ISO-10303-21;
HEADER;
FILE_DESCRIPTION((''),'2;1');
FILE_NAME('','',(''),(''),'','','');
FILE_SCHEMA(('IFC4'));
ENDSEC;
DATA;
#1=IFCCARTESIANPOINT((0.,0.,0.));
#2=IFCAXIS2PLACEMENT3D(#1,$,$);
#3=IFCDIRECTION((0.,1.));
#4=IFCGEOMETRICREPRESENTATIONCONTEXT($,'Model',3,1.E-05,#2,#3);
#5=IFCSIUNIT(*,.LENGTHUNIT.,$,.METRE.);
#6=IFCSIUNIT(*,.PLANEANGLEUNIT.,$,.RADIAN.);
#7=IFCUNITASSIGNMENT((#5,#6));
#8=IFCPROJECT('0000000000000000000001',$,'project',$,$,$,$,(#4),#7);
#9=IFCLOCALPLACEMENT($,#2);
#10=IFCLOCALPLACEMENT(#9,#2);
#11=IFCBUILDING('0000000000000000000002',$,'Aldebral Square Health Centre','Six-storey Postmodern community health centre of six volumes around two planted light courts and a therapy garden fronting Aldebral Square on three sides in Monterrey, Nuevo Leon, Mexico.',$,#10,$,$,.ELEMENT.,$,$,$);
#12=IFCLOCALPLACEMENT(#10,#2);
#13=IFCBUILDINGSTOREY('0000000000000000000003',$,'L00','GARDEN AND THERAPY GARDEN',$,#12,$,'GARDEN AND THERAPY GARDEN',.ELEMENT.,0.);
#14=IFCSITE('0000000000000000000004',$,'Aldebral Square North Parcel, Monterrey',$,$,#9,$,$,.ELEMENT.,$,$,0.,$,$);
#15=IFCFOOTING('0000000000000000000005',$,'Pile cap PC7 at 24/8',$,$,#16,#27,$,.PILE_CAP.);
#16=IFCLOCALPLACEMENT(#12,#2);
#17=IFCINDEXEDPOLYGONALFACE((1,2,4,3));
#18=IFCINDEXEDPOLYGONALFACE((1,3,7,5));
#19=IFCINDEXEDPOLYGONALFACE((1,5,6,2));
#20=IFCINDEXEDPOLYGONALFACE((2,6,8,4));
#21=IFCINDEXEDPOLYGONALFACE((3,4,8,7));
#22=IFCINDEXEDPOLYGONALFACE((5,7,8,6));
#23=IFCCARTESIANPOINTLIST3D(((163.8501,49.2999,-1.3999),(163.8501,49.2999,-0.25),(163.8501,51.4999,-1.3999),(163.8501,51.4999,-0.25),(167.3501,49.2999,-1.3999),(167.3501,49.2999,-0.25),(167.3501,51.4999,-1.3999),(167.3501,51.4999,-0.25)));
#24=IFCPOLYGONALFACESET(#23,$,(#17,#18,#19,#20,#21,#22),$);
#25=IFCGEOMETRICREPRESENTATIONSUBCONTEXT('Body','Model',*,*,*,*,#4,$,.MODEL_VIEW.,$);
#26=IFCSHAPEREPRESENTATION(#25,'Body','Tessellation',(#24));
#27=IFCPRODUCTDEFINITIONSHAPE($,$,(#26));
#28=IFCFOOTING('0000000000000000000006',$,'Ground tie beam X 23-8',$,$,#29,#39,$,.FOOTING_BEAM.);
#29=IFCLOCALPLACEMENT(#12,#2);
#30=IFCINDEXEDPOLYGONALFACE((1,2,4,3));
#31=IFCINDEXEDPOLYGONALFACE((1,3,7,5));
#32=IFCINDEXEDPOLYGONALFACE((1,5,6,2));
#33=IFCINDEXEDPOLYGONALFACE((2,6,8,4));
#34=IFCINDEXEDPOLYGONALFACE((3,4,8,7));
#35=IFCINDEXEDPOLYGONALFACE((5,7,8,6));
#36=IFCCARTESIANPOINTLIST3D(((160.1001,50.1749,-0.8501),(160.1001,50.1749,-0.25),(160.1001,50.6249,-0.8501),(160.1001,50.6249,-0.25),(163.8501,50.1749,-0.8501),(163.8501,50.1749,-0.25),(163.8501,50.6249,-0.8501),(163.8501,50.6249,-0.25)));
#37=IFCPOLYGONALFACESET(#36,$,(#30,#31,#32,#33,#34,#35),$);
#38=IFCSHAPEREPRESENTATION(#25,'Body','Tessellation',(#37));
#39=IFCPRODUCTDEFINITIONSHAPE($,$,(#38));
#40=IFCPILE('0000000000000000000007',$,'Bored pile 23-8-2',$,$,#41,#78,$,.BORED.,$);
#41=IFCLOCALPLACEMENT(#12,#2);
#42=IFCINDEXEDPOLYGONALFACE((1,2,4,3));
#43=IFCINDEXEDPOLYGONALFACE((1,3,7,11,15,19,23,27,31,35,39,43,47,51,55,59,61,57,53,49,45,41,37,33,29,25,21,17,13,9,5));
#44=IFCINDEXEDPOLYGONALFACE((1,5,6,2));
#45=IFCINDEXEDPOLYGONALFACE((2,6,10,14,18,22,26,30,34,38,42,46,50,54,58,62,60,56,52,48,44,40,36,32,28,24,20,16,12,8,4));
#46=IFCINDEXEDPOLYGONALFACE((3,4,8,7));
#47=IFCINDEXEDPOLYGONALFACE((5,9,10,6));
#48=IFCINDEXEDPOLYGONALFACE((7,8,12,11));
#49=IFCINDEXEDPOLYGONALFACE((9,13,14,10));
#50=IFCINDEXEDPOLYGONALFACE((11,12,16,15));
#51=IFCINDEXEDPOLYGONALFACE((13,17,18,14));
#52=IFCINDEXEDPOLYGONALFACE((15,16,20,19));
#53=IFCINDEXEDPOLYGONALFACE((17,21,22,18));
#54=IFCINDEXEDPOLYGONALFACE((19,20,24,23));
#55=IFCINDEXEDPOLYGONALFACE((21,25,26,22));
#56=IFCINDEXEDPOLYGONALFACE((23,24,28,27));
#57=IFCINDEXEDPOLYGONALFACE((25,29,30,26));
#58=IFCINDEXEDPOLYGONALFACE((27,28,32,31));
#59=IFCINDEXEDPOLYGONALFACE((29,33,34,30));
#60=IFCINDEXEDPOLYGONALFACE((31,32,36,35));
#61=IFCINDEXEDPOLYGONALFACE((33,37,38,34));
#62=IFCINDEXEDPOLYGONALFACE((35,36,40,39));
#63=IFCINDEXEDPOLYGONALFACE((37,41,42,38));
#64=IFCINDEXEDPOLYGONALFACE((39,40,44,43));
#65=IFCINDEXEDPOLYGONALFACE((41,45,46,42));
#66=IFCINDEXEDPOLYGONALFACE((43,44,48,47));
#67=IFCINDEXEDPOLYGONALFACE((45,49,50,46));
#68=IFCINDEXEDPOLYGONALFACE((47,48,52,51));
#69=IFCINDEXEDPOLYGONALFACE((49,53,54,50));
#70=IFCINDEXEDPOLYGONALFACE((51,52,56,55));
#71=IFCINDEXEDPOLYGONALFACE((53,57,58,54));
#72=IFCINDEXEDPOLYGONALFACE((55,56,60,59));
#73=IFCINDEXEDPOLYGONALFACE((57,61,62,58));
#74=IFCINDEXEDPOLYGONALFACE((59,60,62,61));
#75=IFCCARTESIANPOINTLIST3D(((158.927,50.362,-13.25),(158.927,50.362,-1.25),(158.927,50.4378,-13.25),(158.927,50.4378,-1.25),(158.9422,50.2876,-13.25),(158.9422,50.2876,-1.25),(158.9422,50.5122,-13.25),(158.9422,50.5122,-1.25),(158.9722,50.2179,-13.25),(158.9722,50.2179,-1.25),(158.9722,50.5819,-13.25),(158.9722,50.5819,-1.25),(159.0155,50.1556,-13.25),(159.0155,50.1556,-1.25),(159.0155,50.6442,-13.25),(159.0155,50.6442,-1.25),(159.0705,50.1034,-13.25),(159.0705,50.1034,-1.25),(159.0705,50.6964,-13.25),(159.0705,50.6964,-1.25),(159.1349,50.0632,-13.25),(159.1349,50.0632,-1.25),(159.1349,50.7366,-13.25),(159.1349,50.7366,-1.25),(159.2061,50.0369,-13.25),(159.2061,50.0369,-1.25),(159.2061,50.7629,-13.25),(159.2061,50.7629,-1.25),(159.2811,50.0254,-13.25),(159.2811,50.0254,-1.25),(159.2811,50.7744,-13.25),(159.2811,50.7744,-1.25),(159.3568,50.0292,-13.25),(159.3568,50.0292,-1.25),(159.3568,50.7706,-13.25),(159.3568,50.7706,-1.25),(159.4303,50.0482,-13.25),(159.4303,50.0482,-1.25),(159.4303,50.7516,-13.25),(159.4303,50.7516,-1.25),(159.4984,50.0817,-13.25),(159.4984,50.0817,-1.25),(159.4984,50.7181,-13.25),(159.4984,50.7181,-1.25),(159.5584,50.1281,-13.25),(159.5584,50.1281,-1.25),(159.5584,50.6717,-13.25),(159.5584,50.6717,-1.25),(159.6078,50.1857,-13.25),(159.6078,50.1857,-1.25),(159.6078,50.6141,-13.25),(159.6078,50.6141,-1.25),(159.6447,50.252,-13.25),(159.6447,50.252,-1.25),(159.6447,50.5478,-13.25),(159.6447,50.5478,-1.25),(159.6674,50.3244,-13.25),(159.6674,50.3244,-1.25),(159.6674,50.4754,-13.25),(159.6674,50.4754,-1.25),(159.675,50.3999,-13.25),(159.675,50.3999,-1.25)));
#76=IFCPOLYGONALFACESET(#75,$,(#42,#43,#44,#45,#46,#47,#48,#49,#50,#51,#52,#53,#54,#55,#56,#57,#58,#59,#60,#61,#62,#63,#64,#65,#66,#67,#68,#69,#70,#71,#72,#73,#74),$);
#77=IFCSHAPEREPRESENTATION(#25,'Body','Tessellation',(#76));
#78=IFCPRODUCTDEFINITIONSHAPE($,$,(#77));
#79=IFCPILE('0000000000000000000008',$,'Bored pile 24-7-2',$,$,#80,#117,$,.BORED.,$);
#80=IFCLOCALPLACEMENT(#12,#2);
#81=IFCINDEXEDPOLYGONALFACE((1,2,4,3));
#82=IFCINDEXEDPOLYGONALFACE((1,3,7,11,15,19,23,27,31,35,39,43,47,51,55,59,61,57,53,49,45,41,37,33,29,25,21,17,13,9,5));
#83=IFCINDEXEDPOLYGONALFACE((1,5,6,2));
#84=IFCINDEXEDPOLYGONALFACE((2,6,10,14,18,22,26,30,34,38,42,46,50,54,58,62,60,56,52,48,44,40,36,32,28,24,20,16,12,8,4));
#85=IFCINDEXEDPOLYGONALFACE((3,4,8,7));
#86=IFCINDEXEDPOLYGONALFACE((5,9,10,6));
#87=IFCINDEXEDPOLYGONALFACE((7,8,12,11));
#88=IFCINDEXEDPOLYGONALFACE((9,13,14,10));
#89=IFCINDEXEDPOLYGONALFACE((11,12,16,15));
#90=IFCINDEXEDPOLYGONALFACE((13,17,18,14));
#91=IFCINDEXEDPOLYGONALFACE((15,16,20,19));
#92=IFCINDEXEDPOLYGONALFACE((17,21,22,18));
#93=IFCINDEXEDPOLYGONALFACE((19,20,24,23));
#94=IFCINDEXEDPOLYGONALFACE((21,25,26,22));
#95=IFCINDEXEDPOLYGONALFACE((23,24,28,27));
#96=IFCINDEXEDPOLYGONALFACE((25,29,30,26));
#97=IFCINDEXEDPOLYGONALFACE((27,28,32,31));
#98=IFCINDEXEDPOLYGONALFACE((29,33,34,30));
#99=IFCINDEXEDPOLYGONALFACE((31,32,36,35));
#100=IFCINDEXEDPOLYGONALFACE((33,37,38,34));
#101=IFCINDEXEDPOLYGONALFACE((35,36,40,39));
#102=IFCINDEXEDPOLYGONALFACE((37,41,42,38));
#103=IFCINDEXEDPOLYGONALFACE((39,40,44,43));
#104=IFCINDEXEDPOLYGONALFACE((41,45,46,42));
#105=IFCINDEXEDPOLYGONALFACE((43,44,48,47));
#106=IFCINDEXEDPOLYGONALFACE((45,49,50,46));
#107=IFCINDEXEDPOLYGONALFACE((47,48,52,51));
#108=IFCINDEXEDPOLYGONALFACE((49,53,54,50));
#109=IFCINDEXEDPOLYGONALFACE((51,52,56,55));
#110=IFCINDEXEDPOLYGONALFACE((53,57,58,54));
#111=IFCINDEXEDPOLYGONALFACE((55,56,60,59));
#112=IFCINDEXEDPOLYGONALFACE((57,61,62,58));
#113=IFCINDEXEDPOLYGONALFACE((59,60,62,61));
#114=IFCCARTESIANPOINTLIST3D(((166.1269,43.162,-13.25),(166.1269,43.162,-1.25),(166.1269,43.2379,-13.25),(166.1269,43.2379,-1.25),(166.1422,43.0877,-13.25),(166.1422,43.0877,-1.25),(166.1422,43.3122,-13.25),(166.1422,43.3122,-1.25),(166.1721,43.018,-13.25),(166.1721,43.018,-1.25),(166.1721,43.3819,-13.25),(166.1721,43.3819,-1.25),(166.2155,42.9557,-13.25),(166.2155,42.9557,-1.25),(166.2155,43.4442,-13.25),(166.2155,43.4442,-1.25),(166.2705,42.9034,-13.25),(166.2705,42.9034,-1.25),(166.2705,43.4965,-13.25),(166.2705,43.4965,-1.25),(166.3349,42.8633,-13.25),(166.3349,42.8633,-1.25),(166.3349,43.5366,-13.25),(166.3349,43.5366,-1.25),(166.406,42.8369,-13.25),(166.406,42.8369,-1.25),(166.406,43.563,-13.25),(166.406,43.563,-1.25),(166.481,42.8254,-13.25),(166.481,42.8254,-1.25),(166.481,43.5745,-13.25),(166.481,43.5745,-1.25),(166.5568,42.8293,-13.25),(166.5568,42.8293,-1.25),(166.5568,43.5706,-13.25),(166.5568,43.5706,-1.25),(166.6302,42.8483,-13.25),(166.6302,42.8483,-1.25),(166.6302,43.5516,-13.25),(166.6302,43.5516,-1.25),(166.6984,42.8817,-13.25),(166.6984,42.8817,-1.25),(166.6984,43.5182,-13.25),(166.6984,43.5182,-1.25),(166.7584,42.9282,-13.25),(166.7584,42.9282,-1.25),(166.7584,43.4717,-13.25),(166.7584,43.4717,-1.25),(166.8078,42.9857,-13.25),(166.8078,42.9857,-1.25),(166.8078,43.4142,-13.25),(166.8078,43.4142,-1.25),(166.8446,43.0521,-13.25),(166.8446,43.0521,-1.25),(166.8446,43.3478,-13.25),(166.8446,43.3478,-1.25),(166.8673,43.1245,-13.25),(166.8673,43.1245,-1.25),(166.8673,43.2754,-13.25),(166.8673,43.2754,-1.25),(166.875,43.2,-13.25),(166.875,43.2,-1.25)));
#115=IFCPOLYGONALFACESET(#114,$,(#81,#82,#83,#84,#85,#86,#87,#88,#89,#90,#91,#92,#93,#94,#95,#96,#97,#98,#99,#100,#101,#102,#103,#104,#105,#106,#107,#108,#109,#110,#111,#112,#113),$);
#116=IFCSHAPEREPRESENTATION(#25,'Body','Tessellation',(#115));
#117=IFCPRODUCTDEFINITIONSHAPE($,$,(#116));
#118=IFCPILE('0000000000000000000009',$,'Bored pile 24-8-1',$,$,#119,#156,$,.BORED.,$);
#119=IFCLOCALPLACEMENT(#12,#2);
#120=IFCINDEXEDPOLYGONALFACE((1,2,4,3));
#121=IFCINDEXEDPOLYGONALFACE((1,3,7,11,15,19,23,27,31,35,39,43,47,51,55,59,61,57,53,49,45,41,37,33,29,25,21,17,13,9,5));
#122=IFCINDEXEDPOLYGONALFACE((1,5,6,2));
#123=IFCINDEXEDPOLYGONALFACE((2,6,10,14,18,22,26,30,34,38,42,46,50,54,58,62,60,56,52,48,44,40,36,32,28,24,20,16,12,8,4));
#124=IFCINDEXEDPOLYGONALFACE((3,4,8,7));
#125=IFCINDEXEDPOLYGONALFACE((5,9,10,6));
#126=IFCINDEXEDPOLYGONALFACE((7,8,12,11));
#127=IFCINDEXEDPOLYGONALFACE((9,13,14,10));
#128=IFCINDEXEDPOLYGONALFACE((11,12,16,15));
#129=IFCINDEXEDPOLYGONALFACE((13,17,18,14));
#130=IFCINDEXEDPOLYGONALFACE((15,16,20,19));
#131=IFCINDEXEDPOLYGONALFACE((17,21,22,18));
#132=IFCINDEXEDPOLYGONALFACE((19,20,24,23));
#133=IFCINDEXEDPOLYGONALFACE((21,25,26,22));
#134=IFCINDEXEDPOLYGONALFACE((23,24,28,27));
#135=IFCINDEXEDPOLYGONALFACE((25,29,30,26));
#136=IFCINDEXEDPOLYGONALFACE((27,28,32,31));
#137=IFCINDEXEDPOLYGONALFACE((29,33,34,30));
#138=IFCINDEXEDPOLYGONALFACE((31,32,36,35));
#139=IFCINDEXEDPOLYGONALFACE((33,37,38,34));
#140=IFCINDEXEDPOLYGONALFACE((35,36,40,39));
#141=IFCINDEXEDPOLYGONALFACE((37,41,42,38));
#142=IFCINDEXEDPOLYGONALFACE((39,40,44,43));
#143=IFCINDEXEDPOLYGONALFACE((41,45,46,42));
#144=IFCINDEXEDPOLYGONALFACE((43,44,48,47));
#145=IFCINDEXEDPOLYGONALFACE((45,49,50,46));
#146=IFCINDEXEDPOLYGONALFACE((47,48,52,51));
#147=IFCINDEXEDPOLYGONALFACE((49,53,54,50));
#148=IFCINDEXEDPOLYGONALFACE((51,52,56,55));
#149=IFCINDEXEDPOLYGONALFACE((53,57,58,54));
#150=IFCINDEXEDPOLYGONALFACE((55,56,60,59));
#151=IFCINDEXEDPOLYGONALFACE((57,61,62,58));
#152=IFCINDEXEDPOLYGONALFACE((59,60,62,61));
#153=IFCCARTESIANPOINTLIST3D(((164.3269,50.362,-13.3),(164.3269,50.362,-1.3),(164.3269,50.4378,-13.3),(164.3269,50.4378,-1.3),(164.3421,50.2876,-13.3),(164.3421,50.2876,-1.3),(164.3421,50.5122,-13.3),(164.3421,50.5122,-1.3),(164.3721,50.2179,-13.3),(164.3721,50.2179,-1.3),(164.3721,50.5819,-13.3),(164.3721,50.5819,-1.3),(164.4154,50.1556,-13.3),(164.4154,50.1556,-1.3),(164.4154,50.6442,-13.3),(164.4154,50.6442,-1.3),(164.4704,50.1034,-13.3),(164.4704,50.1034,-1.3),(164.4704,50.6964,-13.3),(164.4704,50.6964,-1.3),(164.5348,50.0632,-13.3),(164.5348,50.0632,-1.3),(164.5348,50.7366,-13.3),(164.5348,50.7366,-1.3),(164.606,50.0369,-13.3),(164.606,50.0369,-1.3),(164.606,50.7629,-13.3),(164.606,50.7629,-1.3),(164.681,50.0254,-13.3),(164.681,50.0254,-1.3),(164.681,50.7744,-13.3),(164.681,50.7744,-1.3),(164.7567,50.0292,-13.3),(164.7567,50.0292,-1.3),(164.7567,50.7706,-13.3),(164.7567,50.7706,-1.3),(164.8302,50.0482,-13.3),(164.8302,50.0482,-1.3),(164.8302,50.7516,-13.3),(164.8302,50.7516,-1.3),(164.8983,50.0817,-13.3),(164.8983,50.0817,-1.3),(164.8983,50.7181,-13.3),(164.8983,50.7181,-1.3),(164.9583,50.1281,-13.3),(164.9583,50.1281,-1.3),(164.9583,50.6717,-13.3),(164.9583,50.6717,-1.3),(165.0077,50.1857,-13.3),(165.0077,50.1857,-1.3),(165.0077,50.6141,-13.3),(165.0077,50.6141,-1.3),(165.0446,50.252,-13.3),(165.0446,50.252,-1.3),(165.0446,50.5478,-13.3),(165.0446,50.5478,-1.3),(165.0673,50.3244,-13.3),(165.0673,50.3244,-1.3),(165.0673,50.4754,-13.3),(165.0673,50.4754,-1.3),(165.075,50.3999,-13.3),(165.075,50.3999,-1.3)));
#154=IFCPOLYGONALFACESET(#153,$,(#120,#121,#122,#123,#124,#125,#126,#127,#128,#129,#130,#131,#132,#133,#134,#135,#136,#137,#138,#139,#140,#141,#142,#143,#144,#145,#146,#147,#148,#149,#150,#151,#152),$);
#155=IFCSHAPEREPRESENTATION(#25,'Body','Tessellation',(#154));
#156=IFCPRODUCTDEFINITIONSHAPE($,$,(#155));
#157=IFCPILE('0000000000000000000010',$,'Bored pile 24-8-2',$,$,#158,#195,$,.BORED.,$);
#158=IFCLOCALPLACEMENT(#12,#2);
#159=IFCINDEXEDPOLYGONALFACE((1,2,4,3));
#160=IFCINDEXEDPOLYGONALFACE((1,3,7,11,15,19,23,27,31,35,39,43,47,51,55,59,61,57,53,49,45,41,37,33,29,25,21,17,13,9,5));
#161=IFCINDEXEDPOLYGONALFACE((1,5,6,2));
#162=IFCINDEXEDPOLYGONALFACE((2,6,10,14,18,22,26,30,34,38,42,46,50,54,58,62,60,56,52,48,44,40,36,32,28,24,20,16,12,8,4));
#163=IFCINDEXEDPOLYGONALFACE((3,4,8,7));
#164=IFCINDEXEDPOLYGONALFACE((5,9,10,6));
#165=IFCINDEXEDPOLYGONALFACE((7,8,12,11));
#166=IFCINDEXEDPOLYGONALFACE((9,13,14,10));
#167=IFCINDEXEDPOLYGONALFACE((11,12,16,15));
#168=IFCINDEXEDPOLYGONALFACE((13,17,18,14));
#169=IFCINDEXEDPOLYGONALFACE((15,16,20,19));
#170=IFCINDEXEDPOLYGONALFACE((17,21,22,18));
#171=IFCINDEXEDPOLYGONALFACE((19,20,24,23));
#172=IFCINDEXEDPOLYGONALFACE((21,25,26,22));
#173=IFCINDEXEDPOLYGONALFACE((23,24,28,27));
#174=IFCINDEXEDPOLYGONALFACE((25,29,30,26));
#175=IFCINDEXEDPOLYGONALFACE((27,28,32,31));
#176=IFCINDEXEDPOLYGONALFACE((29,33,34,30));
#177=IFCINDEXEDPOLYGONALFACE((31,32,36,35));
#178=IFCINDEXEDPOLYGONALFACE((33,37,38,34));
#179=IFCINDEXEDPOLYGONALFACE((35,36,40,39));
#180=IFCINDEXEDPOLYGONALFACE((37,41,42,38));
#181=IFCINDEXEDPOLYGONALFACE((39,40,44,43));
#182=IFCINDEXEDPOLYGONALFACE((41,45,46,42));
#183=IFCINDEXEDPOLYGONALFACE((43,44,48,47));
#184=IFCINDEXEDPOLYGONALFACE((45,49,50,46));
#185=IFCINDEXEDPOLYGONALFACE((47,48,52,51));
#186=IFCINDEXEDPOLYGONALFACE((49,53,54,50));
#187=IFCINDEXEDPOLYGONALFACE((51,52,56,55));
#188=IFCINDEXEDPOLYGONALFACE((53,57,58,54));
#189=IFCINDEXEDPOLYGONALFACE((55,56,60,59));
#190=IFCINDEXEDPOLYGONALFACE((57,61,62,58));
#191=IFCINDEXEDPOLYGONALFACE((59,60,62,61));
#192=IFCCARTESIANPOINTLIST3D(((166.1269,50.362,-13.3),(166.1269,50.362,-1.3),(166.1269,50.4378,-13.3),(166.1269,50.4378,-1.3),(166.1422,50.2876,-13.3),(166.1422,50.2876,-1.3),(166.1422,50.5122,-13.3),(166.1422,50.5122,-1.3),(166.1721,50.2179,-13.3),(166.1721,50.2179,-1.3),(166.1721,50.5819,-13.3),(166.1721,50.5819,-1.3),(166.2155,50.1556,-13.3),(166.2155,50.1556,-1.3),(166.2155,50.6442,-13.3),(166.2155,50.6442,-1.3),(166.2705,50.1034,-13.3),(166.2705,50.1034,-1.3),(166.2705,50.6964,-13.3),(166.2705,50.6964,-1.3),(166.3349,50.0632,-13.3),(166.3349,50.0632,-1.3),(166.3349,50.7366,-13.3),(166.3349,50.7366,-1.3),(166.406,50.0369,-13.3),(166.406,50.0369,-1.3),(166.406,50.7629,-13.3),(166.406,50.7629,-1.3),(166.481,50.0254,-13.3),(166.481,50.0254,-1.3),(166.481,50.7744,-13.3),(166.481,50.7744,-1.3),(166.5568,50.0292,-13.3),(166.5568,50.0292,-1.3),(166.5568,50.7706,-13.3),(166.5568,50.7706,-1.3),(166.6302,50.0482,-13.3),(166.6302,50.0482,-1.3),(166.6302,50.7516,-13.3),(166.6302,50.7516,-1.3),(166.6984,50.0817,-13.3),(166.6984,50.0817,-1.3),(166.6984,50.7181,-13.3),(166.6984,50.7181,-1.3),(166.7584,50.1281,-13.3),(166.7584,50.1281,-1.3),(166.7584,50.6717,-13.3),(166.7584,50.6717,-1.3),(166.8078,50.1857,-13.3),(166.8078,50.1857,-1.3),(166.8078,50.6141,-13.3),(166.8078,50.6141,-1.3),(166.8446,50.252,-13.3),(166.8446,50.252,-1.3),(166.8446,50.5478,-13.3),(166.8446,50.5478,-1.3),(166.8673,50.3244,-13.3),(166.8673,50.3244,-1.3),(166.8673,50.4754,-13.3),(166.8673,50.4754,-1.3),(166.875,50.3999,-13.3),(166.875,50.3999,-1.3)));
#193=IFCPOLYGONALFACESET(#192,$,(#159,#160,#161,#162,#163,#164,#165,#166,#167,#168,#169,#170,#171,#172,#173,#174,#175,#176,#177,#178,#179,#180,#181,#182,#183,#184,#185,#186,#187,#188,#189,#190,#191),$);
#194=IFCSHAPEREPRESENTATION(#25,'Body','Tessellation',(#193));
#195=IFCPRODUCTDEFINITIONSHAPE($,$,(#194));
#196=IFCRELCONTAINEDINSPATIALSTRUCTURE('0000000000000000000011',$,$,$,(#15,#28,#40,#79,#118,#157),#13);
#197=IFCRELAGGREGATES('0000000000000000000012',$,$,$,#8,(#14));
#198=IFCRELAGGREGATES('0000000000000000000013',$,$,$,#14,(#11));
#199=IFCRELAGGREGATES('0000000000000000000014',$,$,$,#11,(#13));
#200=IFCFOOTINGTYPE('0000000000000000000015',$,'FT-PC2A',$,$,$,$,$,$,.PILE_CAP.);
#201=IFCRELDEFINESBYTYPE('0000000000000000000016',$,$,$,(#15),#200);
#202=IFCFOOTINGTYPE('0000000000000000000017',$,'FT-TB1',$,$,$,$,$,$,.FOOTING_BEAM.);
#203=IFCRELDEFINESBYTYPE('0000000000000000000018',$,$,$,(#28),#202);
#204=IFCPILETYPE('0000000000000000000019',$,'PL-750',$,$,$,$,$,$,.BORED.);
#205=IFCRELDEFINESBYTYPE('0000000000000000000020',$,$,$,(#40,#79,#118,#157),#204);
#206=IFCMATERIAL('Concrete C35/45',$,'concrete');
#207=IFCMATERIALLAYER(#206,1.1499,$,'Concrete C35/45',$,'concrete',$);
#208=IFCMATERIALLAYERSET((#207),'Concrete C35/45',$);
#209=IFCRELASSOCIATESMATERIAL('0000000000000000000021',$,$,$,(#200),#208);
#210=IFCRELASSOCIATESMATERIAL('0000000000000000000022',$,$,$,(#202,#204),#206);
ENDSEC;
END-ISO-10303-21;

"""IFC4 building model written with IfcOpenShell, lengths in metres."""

from ifc_helpers import new_model, si_unit, direction, frame, origin, origin_2d, place, context, subcontext, project, spatial, rectangle, circle, extrude, material, layer, layer_set, material_profile, profile_set, type_object, element, save


model = new_model("IFC4")

# Units and contexts
model_context = context("Model", 3, precision=1e-05, world=origin(), true_north=direction((0.0, 1.0)))
body_context = subcontext(model_context, "Body", "Model", "MODEL_VIEW")
ifc_project = project(units=[si_unit("LENGTHUNIT", "METRE"), si_unit("PLANEANGLEUNIT", "RADIAN")], contexts=[model_context])

# Site, building, storey
site_placement = place(None, origin())
site = spatial("IfcSite", under=ifc_project, at=site_placement, Name="Aldebral Square North Parcel, Monterrey", CompositionType="ELEMENT", RefElevation=0.0)
building_placement = place(site_placement, origin())
building = spatial("IfcBuilding", under=site, at=building_placement, Name="Aldebral Square Health Centre", Description="Six-storey Postmodern community health centre of six volumes around two planted light courts and a therapy garden fronting Aldebral Square on three sides in Monterrey, Nuevo Leon, Mexico.", CompositionType="ELEMENT")
storey_placement = place(building_placement, origin())
storey = spatial("IfcBuildingStorey", under=building, at=storey_placement, Name="L00", Description="GARDEN AND THERAPY GARDEN", LongName="GARDEN AND THERAPY GARDEN", CompositionType="ELEMENT", Elevation=0.0)

# Footings
ifc_material_1 = material(Name="Concrete C35/45", Category="concrete")
ifc_layer_1 = layer(ifc_material_1, 1.1499, Name="Concrete C35/45", Category="concrete")
ifc_layer_set_1 = layer_set([ifc_layer_1], Name="Concrete C35/45")
footing_type_1 = type_object("IfcFootingType", Name="FT-PC2A", PredefinedType="PILE_CAP", material=ifc_layer_set_1)
footing_1_placement = place(storey_placement, frame((165.6001, 50.3999, -1.3999), z_axis=(0.0, 0.0, 1.0), x_axis=(1.0, 0.0, 0.0)))
element("IfcFooting", 1, at=footing_1_placement, inside=storey, type_object=footing_type_1, Name="Pile cap PC7 at 24/8", PredefinedType="PILE_CAP", context=body_context, shape_type="SweptSolid", body=[
    extrude(rectangle(XDim=3.5, YDim=2.2, at=origin_2d()), origin(), (0.0, 0.0, 1.0), 1.1499),
])
ifc_material_profile_1 = material_profile(ifc_material_1, rectangle(XDim=0.45, YDim=0.6001, at=origin_2d()), Name="RC 450x600")
ifc_profile_set_1 = profile_set([ifc_material_profile_1], Name="Concrete C35/45")
footing_type_2 = type_object("IfcFootingType", Name="FT-TB1", PredefinedType="FOOTING_BEAM", material=ifc_profile_set_1)
footing_2_placement = place(storey_placement, frame((160.1001, 50.3999, -0.55), z_axis=(1.0, 0.0, 0.0), x_axis=(0.0, 1.0, 0.0)))
element("IfcFooting", 2, at=footing_2_placement, inside=storey, type_object=footing_type_2, Name="Ground tie beam X 23-8", PredefinedType="FOOTING_BEAM", context=body_context, shape_type="SweptSolid", body=[
    extrude(rectangle(XDim=0.45, YDim=0.6001, at=origin_2d()), origin(), (0.0, 0.0, 1.0), 3.75),
])

# Piles
ifc_material_profile_2 = material_profile(ifc_material_1, circle(Radius=0.375, at=origin_2d()), Name="PILE D750")
ifc_profile_set_2 = profile_set([ifc_material_profile_2], Name="Concrete C35/45")
pile_type = type_object("IfcPileType", Name="PL-750", PredefinedType="BORED", material=ifc_profile_set_2)
for number, where, z_axis, x_axis, name in (
    (3, (159.3, 50.3999, -1.25), (0.0, 0.0, -1.0), (1.0, 0.0, 0.0), "Bored pile 23-8-2"),
    (4, (166.5, 43.2, -1.25), (0.0, 0.0, -1.0), (1.0, 0.0, 0.0), "Bored pile 24-7-2"),
    (5, (164.7, 50.3999, -1.3), (0.0, 0.0, -1.0), (1.0, 0.0, 0.0), "Bored pile 24-8-1"),
    (6, (166.5, 50.3999, -1.3), (0.0, 0.0, -1.0), (1.0, 0.0, 0.0), "Bored pile 24-8-2"),
):
    element("IfcPile", number, at=place(storey_placement, frame(where, z_axis=z_axis, x_axis=x_axis)), inside=storey, type_object=pile_type, Name=name, PredefinedType="BORED", context=body_context, shape_type="SweptSolid", body=[
        extrude(circle(Radius=0.375, at=origin_2d()), origin(), (0.0, 0.0, 1.0), 12.0),
    ])

save(model, "model.ifc")
